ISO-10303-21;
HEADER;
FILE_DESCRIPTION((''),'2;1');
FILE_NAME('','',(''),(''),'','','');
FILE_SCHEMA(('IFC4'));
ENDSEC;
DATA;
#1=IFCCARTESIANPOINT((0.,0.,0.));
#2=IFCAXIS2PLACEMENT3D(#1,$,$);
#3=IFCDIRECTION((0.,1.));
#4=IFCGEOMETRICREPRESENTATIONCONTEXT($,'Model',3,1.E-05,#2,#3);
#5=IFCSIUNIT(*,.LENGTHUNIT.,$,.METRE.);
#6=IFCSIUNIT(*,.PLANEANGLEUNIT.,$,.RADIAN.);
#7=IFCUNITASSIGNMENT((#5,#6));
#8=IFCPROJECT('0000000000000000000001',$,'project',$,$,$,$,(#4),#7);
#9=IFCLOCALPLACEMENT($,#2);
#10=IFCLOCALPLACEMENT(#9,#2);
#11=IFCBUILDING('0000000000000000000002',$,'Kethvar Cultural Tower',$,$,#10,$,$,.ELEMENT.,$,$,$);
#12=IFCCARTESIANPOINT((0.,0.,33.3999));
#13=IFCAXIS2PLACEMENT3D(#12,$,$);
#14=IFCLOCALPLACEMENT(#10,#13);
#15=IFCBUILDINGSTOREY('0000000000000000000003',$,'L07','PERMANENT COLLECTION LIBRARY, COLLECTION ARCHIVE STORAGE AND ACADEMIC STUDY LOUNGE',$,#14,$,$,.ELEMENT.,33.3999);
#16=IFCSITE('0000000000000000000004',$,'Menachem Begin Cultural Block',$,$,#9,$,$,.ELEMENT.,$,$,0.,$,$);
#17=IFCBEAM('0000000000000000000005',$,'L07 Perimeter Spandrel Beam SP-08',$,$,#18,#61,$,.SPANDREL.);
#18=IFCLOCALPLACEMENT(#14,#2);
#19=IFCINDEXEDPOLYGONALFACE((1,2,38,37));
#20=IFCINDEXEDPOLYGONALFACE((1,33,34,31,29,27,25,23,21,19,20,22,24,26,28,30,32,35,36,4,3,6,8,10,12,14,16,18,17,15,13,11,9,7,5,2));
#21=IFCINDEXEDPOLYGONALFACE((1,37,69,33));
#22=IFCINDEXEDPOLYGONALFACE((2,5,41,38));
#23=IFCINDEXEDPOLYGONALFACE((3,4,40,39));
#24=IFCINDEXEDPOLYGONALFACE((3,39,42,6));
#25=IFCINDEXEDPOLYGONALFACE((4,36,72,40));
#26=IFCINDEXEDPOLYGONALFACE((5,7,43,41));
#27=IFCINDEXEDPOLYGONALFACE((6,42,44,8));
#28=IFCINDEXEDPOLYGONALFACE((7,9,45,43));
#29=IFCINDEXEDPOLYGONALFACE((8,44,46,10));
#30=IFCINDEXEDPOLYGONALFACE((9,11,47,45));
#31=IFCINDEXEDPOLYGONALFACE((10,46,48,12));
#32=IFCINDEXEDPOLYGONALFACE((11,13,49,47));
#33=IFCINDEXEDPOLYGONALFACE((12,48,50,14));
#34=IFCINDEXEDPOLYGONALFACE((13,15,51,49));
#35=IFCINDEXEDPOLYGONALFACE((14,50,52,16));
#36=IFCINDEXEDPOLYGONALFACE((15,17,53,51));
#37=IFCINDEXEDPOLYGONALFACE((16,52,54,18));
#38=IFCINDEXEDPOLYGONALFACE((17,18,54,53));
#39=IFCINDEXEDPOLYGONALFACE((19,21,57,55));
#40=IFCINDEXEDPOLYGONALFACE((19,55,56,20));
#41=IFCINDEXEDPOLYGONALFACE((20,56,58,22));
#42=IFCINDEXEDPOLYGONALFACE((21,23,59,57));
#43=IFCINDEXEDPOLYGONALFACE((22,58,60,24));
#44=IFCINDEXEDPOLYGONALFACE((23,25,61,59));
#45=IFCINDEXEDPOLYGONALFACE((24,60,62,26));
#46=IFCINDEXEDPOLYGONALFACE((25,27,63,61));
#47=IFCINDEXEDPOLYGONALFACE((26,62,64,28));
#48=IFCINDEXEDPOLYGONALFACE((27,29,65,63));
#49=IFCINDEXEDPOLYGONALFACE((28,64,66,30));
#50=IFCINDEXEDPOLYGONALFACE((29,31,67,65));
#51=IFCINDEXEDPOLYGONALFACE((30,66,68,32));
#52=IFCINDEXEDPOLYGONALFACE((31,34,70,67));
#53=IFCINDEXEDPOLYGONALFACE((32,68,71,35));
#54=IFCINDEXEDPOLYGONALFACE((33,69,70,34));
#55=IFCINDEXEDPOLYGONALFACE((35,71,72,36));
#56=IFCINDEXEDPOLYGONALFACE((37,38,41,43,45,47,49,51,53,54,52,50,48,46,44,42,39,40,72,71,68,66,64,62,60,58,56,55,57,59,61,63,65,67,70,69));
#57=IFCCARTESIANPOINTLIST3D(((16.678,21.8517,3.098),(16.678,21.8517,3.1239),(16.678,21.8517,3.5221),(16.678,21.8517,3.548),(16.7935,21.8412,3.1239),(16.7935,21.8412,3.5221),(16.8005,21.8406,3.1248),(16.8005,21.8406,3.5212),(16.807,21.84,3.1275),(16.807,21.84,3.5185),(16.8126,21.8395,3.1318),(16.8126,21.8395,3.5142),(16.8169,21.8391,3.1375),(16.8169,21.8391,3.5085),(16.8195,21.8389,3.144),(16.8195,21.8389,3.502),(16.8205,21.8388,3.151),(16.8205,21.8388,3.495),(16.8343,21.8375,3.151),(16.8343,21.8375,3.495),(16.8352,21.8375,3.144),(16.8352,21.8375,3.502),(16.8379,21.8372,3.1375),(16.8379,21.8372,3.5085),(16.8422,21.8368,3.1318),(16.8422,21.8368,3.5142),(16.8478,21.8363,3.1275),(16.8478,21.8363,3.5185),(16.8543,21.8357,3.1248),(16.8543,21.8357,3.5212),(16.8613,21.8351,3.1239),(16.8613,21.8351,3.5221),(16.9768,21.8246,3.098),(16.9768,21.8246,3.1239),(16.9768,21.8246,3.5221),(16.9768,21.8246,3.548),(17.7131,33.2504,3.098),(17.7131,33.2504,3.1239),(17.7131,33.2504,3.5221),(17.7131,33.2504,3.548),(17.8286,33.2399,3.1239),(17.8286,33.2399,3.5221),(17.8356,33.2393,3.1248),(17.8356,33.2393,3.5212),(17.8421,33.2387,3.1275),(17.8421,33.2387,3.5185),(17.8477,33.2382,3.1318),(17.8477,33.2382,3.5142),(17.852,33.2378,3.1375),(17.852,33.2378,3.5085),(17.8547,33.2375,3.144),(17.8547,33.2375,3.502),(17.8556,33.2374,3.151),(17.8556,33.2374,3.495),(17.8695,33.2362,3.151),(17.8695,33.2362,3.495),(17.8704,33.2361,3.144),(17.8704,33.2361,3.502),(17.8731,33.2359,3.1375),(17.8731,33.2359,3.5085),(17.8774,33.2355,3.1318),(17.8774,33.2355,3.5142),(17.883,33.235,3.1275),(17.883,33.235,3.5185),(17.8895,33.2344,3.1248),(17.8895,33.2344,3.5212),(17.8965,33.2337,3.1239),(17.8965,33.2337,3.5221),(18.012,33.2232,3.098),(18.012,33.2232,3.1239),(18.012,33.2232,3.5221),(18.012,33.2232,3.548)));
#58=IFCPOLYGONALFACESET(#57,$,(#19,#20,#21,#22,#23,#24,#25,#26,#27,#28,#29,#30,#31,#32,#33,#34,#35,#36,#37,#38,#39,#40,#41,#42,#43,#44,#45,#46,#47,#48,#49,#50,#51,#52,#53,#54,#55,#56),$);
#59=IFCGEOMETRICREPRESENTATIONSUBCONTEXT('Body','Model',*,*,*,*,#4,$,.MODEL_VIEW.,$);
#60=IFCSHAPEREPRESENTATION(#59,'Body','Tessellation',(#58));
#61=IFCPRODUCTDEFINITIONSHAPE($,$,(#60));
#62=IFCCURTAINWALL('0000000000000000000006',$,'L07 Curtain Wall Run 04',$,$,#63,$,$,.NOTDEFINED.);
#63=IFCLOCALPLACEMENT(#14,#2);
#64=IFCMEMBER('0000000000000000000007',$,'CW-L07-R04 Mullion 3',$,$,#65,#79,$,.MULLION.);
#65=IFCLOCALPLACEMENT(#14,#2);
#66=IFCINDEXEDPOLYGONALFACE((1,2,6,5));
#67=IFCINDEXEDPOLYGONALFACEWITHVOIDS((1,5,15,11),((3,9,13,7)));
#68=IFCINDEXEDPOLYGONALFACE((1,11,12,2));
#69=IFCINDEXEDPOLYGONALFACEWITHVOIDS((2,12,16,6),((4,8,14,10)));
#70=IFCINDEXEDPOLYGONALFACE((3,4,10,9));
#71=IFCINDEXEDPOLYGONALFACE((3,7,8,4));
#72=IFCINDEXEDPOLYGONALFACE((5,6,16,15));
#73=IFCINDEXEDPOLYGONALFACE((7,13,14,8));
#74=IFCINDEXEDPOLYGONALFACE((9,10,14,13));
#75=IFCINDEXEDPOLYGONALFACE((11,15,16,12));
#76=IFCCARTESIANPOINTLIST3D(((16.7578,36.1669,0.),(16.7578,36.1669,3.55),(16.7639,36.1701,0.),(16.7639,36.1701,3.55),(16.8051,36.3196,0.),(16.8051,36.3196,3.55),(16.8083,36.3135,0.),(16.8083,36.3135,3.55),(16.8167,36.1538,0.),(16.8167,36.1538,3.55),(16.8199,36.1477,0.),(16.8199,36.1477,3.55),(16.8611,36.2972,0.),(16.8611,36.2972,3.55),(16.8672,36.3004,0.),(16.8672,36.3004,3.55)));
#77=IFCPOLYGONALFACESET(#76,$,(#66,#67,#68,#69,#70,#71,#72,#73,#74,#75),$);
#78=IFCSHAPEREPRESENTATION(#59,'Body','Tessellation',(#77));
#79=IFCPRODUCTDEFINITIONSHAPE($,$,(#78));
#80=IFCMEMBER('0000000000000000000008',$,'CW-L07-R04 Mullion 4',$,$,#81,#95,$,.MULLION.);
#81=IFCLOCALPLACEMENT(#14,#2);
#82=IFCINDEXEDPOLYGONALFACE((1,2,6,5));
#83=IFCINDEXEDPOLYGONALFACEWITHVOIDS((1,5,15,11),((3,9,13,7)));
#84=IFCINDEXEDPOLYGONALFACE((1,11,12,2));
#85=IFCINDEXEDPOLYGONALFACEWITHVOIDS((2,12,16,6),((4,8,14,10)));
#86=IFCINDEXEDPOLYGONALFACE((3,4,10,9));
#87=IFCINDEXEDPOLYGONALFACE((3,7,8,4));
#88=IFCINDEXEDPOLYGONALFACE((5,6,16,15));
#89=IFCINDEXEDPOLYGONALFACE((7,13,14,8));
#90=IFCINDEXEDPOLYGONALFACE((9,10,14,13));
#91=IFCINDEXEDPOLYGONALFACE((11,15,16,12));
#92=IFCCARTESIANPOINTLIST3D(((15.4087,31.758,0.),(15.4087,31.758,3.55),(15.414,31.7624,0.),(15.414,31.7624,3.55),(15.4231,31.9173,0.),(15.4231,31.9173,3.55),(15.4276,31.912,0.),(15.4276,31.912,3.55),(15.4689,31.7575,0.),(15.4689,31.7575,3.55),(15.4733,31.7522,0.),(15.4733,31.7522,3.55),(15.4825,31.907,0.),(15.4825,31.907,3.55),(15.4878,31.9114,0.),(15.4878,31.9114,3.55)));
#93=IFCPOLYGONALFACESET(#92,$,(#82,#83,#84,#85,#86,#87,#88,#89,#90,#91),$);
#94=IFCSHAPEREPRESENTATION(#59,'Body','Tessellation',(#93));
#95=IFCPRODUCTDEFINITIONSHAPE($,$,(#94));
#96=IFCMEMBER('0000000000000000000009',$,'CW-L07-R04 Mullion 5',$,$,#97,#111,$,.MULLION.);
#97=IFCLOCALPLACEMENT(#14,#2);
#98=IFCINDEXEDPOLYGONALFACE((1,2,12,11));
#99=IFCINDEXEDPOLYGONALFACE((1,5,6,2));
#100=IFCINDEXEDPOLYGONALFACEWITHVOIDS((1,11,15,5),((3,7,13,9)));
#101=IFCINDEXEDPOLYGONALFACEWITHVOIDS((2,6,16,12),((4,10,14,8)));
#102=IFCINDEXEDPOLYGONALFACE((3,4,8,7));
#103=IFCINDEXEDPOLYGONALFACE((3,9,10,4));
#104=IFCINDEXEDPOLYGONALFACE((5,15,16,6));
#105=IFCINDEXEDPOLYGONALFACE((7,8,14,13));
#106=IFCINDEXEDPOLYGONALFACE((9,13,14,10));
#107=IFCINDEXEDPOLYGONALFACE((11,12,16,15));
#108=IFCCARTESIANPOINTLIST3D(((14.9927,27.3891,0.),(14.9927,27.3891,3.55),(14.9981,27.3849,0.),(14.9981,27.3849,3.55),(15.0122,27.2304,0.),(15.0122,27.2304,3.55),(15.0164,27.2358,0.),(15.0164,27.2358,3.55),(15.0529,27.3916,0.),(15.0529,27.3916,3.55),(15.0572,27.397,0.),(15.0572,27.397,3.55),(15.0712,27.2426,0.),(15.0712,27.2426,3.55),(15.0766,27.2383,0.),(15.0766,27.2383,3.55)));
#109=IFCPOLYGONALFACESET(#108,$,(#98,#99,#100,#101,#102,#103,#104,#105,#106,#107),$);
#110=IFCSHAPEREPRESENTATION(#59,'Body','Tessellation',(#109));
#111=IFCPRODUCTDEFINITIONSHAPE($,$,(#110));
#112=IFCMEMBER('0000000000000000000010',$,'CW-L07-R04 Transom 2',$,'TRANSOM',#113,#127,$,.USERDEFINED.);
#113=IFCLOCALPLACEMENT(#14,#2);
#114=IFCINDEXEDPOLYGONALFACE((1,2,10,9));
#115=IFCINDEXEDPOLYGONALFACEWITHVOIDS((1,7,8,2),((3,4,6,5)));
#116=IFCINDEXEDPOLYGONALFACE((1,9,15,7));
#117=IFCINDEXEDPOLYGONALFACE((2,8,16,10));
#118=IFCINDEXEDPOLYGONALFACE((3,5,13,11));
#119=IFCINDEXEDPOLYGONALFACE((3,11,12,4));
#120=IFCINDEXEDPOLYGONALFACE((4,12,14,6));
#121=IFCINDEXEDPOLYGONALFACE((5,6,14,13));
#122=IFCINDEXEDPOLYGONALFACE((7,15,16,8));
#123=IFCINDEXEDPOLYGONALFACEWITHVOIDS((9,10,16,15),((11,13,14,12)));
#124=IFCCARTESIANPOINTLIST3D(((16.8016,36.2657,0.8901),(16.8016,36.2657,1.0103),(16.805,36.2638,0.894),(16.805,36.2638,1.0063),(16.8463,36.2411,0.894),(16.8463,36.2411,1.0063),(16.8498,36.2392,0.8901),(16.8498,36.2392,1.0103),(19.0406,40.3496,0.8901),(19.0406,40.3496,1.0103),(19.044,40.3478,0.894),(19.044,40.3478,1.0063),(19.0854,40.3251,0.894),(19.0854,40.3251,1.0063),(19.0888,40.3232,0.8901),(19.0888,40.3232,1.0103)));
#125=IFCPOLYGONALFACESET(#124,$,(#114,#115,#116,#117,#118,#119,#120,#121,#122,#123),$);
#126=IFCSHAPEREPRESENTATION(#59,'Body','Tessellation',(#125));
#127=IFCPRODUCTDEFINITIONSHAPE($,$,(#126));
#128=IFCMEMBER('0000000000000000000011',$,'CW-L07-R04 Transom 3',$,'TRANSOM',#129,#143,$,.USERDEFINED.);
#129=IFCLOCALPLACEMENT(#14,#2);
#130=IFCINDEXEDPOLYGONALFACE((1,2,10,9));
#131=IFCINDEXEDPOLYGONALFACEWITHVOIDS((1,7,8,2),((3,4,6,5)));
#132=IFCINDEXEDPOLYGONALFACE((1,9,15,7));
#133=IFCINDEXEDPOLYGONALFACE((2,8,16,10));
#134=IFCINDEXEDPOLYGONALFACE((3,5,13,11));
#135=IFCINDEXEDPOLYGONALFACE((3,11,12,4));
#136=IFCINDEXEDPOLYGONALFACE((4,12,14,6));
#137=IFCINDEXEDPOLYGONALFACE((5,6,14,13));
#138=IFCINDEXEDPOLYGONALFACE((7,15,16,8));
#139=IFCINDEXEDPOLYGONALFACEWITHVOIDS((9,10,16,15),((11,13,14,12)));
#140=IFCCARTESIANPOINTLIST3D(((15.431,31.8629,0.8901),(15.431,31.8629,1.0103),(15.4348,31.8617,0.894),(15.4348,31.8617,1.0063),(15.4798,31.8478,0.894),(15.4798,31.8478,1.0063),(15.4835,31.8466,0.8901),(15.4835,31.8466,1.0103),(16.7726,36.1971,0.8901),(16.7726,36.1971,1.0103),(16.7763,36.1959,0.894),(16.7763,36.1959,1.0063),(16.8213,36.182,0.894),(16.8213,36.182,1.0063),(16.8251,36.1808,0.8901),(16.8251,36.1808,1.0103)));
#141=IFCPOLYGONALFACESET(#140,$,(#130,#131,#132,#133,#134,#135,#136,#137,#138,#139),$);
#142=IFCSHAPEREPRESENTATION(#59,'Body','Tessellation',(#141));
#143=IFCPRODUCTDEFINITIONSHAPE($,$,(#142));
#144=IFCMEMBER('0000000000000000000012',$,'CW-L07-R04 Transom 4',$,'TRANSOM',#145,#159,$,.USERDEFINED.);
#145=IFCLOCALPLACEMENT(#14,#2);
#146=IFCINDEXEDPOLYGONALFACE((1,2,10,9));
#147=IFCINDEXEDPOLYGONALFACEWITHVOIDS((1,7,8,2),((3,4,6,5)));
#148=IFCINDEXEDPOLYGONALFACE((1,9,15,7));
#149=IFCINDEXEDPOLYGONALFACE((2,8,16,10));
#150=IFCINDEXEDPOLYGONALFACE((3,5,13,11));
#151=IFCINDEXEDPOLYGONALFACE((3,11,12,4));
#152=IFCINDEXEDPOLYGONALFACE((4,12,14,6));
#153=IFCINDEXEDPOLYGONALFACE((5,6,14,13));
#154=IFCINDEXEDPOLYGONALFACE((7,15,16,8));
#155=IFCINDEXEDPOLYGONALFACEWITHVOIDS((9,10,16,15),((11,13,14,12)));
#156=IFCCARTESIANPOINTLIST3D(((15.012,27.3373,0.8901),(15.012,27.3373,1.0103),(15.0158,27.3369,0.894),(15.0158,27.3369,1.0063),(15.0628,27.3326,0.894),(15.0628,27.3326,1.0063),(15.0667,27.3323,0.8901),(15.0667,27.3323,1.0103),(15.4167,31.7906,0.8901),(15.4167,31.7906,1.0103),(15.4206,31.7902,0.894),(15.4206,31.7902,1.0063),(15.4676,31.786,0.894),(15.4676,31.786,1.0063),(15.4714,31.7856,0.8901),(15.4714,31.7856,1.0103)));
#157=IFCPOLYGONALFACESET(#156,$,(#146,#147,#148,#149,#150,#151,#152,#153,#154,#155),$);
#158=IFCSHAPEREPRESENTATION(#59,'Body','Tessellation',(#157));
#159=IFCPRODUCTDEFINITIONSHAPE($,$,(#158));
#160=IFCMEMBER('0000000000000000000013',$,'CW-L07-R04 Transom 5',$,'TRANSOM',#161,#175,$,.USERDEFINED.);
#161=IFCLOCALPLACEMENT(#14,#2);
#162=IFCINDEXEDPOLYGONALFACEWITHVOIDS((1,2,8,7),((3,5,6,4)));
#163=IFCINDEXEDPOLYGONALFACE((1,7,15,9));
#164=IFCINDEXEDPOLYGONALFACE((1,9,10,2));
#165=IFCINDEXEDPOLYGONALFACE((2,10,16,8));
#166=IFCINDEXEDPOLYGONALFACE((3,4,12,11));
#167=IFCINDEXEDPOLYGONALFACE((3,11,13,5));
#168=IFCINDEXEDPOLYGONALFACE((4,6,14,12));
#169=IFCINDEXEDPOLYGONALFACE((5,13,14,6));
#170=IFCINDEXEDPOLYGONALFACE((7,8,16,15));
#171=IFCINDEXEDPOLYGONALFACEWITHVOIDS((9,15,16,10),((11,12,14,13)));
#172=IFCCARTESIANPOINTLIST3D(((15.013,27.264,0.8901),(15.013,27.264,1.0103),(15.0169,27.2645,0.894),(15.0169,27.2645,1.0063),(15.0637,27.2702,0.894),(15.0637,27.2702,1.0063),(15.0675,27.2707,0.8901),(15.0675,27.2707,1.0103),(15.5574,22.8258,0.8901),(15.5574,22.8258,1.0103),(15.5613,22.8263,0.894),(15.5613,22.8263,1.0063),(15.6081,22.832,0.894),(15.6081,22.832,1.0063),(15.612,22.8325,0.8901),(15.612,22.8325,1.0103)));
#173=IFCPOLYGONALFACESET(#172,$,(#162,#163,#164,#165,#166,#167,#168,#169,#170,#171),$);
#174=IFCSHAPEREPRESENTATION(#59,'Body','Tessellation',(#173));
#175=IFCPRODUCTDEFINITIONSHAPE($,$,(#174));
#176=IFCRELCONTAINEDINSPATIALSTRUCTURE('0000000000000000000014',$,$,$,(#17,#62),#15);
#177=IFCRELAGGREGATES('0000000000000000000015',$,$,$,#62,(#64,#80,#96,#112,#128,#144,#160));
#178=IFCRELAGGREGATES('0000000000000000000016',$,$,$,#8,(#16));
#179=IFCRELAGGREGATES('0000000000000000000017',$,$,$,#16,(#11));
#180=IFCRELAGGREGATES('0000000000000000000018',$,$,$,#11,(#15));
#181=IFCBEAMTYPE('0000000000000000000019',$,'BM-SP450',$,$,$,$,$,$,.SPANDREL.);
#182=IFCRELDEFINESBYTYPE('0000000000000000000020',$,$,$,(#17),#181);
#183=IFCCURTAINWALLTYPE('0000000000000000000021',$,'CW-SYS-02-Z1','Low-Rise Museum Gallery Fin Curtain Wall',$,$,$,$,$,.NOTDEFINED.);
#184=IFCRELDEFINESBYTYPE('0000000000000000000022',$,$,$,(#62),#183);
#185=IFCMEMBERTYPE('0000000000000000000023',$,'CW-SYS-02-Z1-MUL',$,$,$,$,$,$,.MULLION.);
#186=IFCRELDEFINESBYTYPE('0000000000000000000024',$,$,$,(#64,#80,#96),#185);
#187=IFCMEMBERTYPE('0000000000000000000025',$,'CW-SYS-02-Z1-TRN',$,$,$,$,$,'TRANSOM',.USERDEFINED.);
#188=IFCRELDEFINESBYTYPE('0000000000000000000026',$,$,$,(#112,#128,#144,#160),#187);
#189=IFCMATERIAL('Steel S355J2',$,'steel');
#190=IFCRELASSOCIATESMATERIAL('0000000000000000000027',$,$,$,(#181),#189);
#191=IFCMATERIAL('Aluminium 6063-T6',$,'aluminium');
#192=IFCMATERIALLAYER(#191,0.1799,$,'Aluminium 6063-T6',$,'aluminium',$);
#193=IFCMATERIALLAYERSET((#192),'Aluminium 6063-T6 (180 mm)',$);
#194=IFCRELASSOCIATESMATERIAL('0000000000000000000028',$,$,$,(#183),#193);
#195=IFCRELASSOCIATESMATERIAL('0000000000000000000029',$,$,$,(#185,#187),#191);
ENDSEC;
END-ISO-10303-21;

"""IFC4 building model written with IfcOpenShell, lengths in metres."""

from ifc_helpers import new_model, si_unit, direction, frame, origin, origin_2d, place, context, subcontext, project, spatial, hollow_rectangle, i_section, extrude, source, transform, mapped, material, layer, layer_set, material_profile, profile_set, type_object, element, aggregate, save


model = new_model("IFC4")

# Units and contexts
model_context = context("Model", 3, precision=1e-05, world=origin(), true_north=direction((0.0, 1.0)))
body_context = subcontext(model_context, "Body", "Model", "MODEL_VIEW")
ifc_project = project(units=[si_unit("LENGTHUNIT", "METRE"), si_unit("PLANEANGLEUNIT", "RADIAN")], contexts=[model_context])

# Site, building, storey
site_placement = place(None, origin())
site = spatial("IfcSite", under=ifc_project, at=site_placement, Name="Menachem Begin Cultural Block", CompositionType="ELEMENT", RefElevation=0.0)
building_placement = place(site_placement, origin())
building = spatial("IfcBuilding", under=site, at=building_placement, Name="Kethvar Cultural Tower", CompositionType="ELEMENT")
storey_placement = place(building_placement, frame((0.0, 0.0, 33.3999)))
storey = spatial("IfcBuildingStorey", under=building, at=storey_placement, Name="L07", Description="PERMANENT COLLECTION LIBRARY, COLLECTION ARCHIVE STORAGE AND ACADEMIC STUDY LOUNGE", CompositionType="ELEMENT", Elevation=33.3999)

# Beam
ifc_material_1 = material(Name="Steel S355J2", Category="steel")
ifc_material_profile_1 = material_profile(ifc_material_1, i_section(OverallWidth=0.3, OverallDepth=0.45, WebThickness=0.0139, FlangeThickness=0.0259, FilletRadius=0.0271, at=origin_2d()), Name="Steel S355J2 — HEB450")
ifc_profile_set_1 = profile_set([ifc_material_profile_1], Name="Steel S355J2 — HEB450")
beam_type_1 = type_object("IfcBeamType", Name="BM-SP450", PredefinedType="SPANDREL", material=ifc_profile_set_1)
shared_shape_1 = source(origin(), body_context, "Body", "SweptSolid", [
    extrude(i_section(OverallWidth=0.3, OverallDepth=0.45, WebThickness=0.0139, FlangeThickness=0.0259, FilletRadius=0.0271, at=origin_2d()), origin(), (0.0, 0.0, 1.0), 11.4456),
])
beam_1_placement = place(storey_placement, frame((17.8625, 33.2368, 3.323), z_axis=(-0.090442, -0.995902, 0.0), x_axis=(0.995902, -0.090442, 0.0)))
element("IfcBeam", 1, at=beam_1_placement, inside=storey, type_object=beam_type_1, Name="L07 Perimeter Spandrel Beam SP-08", PredefinedType="SPANDREL", context=body_context, shape_type="MappedRepresentation", body=[
    mapped(shared_shape_1, transform((0.0, 0.0, 0.0), scale=1.0)),
])

# Curtain wall, members
ifc_material_2 = material(Name="Aluminium 6063-T6", Category="aluminium")
ifc_layer_1 = layer(ifc_material_2, 0.1799, Name="Aluminium 6063-T6", Category="aluminium")
ifc_layer_set_1 = layer_set([ifc_layer_1], Name="Aluminium 6063-T6 (180 mm)")
curtain_wall_type = type_object("IfcCurtainWallType", Name="CW-SYS-02-Z1", Description="Low-Rise Museum Gallery Fin Curtain Wall", PredefinedType="NOTDEFINED", material=ifc_layer_set_1)
curtain_wall_placement = place(storey_placement, origin())
curtain_wall = element("IfcCurtainWall", 2, at=curtain_wall_placement, inside=storey, type_object=curtain_wall_type, Name="L07 Curtain Wall Run 04", PredefinedType="NOTDEFINED")
ifc_material_profile_2 = material_profile(ifc_material_2, hollow_rectangle(XDim=0.0649, YDim=0.1599, WallThickness=0.0049, at=origin_2d()), Name="Aluminium 6063-T6 — RHS160x65x5")
ifc_profile_set_2 = profile_set([ifc_material_profile_2], Name="Aluminium 6063-T6 — RHS160x65x5")
member_type_1 = type_object("IfcMemberType", Name="CW-SYS-02-Z1-MUL", PredefinedType="MULLION", material=ifc_profile_set_2)
shared_shape_2 = source(origin(), body_context, "Body", "SweptSolid", [
    extrude(hollow_rectangle(XDim=0.0649, YDim=0.1599, WallThickness=0.0049, at=origin_2d()), origin(), (0.0, 0.0, 1.0), 3.55),
])
member_1_placement = place(storey_placement, frame((16.8125, 36.2336, 0.0), z_axis=(0.0, 0.0, 1.0), x_axis=(0.955278, -0.295708, 0.0)))
member_1 = element("IfcMember", 3, at=member_1_placement, type_object=member_type_1, Name="CW-L07-R04 Mullion 3", PredefinedType="MULLION", context=body_context, shape_type="MappedRepresentation", body=[
    mapped(shared_shape_2, transform((0.0, 0.0, 0.0), scale=1.0)),
])
member_2_placement = place(storey_placement, frame((15.4482, 31.8347, 0.0), z_axis=(0.0, 0.0, 1.0), x_axis=(0.995897, -0.090494, 0.0)))
member_2 = element("IfcMember", 4, at=member_2_placement, type_object=member_type_1, Name="CW-L07-R04 Mullion 4", PredefinedType="MULLION", context=body_context, shape_type="MappedRepresentation", body=[
    mapped(shared_shape_2, transform((0.0, 0.0, 0.0), scale=1.0)),
])
member_3_placement = place(storey_placement, frame((15.0347, 27.3137, 0.0), z_axis=(0.0, 0.0, 1.0), x_axis=(0.992563, 0.121731, 0.0)))
member_3 = element("IfcMember", 5, at=member_3_placement, type_object=member_type_1, Name="CW-L07-R04 Mullion 5", PredefinedType="MULLION", context=body_context, shape_type="MappedRepresentation", body=[
    mapped(shared_shape_2, transform((0.0, 0.0, 0.0), scale=1.0)),
])
ifc_material_profile_3 = material_profile(ifc_material_2, hollow_rectangle(XDim=0.0549, YDim=0.1201, WallThickness=0.0039, at=origin_2d()), Name="Aluminium 6063-T6 — RHS120x55x4")
ifc_profile_set_3 = profile_set([ifc_material_profile_3], Name="Aluminium 6063-T6 — RHS120x55x4")
member_type_2 = type_object("IfcMemberType", Name="CW-SYS-02-Z1-TRN", ElementType="TRANSOM", PredefinedType="USERDEFINED", material=ifc_profile_set_3)
shared_shape_3 = source(origin(), body_context, "Body", "SweptSolid", [
    extrude(hollow_rectangle(XDim=0.0549, YDim=0.1201, WallThickness=0.0039, at=origin_2d()), origin(), (0.0, 0.0, 1.0), 4.6575),
])
member_4_placement = place(storey_placement, frame((19.0647, 40.3364, 0.9502), z_axis=(-0.480735, -0.876866, 0.0), x_axis=(0.876866, -0.480735, 0.0)))
member_4 = element("IfcMember", 6, at=member_4_placement, type_object=member_type_2, Name="CW-L07-R04 Transom 2", ObjectType="TRANSOM", PredefinedType="USERDEFINED", context=body_context, shape_type="MappedRepresentation", body=[
    mapped(shared_shape_3, transform((0.0, 0.0, 0.0), scale=1.0)),
])
shared_shape_4 = source(origin(), body_context, "Body", "SweptSolid", [
    extrude(hollow_rectangle(XDim=0.0549, YDim=0.1201, WallThickness=0.0039, at=origin_2d()), origin(), (0.0, 0.0, 1.0), 4.5371),
])
member_5_placement = place(storey_placement, frame((16.7988, 36.189, 0.9502), z_axis=(-0.295685, -0.955286, 0.0), x_axis=(0.955286, -0.295685, 0.0)))
member_5 = element("IfcMember", 7, at=member_5_placement, type_object=member_type_2, Name="CW-L07-R04 Transom 3", ObjectType="TRANSOM", PredefinedType="USERDEFINED", context=body_context, shape_type="MappedRepresentation", body=[
    mapped(shared_shape_4, transform((0.0, 0.0, 0.0), scale=1.0)),
])
shared_shape_5 = source(origin(), body_context, "Body", "SweptSolid", [
    extrude(hollow_rectangle(XDim=0.0549, YDim=0.1201, WallThickness=0.0039, at=origin_2d()), origin(), (0.0, 0.0, 1.0), 4.4717),
])
member_6_placement = place(storey_placement, frame((15.4441, 31.7881, 0.9502), z_axis=(-0.090521, -0.995895, 0.0), x_axis=(0.995895, -0.090521, 0.0)))
member_6 = element("IfcMember", 8, at=member_6_placement, type_object=member_type_2, Name="CW-L07-R04 Transom 4", ObjectType="TRANSOM", PredefinedType="USERDEFINED", context=body_context, shape_type="MappedRepresentation", body=[
    mapped(shared_shape_5, transform((0.0, 0.0, 0.0), scale=1.0)),
])
shared_shape_6 = source(origin(), body_context, "Body", "SweptSolid", [
    extrude(hollow_rectangle(XDim=0.0549, YDim=0.1201, WallThickness=0.0039, at=origin_2d()), origin(), (0.0, 0.0, 1.0), 4.4714),
])
member_7_placement = place(storey_placement, frame((15.0403, 27.2673, 0.9502), z_axis=(0.121756, -0.99256, 0.0), x_axis=(0.99256, 0.121756, 0.0)))
member_7 = element("IfcMember", 9, at=member_7_placement, type_object=member_type_2, Name="CW-L07-R04 Transom 5", ObjectType="TRANSOM", PredefinedType="USERDEFINED", context=body_context, shape_type="MappedRepresentation", body=[
    mapped(shared_shape_6, transform((0.0, 0.0, 0.0), scale=1.0)),
])
aggregate(curtain_wall, [member_1, member_2, member_3, member_4, member_5, member_6, member_7])

save(model, "model.ifc")
